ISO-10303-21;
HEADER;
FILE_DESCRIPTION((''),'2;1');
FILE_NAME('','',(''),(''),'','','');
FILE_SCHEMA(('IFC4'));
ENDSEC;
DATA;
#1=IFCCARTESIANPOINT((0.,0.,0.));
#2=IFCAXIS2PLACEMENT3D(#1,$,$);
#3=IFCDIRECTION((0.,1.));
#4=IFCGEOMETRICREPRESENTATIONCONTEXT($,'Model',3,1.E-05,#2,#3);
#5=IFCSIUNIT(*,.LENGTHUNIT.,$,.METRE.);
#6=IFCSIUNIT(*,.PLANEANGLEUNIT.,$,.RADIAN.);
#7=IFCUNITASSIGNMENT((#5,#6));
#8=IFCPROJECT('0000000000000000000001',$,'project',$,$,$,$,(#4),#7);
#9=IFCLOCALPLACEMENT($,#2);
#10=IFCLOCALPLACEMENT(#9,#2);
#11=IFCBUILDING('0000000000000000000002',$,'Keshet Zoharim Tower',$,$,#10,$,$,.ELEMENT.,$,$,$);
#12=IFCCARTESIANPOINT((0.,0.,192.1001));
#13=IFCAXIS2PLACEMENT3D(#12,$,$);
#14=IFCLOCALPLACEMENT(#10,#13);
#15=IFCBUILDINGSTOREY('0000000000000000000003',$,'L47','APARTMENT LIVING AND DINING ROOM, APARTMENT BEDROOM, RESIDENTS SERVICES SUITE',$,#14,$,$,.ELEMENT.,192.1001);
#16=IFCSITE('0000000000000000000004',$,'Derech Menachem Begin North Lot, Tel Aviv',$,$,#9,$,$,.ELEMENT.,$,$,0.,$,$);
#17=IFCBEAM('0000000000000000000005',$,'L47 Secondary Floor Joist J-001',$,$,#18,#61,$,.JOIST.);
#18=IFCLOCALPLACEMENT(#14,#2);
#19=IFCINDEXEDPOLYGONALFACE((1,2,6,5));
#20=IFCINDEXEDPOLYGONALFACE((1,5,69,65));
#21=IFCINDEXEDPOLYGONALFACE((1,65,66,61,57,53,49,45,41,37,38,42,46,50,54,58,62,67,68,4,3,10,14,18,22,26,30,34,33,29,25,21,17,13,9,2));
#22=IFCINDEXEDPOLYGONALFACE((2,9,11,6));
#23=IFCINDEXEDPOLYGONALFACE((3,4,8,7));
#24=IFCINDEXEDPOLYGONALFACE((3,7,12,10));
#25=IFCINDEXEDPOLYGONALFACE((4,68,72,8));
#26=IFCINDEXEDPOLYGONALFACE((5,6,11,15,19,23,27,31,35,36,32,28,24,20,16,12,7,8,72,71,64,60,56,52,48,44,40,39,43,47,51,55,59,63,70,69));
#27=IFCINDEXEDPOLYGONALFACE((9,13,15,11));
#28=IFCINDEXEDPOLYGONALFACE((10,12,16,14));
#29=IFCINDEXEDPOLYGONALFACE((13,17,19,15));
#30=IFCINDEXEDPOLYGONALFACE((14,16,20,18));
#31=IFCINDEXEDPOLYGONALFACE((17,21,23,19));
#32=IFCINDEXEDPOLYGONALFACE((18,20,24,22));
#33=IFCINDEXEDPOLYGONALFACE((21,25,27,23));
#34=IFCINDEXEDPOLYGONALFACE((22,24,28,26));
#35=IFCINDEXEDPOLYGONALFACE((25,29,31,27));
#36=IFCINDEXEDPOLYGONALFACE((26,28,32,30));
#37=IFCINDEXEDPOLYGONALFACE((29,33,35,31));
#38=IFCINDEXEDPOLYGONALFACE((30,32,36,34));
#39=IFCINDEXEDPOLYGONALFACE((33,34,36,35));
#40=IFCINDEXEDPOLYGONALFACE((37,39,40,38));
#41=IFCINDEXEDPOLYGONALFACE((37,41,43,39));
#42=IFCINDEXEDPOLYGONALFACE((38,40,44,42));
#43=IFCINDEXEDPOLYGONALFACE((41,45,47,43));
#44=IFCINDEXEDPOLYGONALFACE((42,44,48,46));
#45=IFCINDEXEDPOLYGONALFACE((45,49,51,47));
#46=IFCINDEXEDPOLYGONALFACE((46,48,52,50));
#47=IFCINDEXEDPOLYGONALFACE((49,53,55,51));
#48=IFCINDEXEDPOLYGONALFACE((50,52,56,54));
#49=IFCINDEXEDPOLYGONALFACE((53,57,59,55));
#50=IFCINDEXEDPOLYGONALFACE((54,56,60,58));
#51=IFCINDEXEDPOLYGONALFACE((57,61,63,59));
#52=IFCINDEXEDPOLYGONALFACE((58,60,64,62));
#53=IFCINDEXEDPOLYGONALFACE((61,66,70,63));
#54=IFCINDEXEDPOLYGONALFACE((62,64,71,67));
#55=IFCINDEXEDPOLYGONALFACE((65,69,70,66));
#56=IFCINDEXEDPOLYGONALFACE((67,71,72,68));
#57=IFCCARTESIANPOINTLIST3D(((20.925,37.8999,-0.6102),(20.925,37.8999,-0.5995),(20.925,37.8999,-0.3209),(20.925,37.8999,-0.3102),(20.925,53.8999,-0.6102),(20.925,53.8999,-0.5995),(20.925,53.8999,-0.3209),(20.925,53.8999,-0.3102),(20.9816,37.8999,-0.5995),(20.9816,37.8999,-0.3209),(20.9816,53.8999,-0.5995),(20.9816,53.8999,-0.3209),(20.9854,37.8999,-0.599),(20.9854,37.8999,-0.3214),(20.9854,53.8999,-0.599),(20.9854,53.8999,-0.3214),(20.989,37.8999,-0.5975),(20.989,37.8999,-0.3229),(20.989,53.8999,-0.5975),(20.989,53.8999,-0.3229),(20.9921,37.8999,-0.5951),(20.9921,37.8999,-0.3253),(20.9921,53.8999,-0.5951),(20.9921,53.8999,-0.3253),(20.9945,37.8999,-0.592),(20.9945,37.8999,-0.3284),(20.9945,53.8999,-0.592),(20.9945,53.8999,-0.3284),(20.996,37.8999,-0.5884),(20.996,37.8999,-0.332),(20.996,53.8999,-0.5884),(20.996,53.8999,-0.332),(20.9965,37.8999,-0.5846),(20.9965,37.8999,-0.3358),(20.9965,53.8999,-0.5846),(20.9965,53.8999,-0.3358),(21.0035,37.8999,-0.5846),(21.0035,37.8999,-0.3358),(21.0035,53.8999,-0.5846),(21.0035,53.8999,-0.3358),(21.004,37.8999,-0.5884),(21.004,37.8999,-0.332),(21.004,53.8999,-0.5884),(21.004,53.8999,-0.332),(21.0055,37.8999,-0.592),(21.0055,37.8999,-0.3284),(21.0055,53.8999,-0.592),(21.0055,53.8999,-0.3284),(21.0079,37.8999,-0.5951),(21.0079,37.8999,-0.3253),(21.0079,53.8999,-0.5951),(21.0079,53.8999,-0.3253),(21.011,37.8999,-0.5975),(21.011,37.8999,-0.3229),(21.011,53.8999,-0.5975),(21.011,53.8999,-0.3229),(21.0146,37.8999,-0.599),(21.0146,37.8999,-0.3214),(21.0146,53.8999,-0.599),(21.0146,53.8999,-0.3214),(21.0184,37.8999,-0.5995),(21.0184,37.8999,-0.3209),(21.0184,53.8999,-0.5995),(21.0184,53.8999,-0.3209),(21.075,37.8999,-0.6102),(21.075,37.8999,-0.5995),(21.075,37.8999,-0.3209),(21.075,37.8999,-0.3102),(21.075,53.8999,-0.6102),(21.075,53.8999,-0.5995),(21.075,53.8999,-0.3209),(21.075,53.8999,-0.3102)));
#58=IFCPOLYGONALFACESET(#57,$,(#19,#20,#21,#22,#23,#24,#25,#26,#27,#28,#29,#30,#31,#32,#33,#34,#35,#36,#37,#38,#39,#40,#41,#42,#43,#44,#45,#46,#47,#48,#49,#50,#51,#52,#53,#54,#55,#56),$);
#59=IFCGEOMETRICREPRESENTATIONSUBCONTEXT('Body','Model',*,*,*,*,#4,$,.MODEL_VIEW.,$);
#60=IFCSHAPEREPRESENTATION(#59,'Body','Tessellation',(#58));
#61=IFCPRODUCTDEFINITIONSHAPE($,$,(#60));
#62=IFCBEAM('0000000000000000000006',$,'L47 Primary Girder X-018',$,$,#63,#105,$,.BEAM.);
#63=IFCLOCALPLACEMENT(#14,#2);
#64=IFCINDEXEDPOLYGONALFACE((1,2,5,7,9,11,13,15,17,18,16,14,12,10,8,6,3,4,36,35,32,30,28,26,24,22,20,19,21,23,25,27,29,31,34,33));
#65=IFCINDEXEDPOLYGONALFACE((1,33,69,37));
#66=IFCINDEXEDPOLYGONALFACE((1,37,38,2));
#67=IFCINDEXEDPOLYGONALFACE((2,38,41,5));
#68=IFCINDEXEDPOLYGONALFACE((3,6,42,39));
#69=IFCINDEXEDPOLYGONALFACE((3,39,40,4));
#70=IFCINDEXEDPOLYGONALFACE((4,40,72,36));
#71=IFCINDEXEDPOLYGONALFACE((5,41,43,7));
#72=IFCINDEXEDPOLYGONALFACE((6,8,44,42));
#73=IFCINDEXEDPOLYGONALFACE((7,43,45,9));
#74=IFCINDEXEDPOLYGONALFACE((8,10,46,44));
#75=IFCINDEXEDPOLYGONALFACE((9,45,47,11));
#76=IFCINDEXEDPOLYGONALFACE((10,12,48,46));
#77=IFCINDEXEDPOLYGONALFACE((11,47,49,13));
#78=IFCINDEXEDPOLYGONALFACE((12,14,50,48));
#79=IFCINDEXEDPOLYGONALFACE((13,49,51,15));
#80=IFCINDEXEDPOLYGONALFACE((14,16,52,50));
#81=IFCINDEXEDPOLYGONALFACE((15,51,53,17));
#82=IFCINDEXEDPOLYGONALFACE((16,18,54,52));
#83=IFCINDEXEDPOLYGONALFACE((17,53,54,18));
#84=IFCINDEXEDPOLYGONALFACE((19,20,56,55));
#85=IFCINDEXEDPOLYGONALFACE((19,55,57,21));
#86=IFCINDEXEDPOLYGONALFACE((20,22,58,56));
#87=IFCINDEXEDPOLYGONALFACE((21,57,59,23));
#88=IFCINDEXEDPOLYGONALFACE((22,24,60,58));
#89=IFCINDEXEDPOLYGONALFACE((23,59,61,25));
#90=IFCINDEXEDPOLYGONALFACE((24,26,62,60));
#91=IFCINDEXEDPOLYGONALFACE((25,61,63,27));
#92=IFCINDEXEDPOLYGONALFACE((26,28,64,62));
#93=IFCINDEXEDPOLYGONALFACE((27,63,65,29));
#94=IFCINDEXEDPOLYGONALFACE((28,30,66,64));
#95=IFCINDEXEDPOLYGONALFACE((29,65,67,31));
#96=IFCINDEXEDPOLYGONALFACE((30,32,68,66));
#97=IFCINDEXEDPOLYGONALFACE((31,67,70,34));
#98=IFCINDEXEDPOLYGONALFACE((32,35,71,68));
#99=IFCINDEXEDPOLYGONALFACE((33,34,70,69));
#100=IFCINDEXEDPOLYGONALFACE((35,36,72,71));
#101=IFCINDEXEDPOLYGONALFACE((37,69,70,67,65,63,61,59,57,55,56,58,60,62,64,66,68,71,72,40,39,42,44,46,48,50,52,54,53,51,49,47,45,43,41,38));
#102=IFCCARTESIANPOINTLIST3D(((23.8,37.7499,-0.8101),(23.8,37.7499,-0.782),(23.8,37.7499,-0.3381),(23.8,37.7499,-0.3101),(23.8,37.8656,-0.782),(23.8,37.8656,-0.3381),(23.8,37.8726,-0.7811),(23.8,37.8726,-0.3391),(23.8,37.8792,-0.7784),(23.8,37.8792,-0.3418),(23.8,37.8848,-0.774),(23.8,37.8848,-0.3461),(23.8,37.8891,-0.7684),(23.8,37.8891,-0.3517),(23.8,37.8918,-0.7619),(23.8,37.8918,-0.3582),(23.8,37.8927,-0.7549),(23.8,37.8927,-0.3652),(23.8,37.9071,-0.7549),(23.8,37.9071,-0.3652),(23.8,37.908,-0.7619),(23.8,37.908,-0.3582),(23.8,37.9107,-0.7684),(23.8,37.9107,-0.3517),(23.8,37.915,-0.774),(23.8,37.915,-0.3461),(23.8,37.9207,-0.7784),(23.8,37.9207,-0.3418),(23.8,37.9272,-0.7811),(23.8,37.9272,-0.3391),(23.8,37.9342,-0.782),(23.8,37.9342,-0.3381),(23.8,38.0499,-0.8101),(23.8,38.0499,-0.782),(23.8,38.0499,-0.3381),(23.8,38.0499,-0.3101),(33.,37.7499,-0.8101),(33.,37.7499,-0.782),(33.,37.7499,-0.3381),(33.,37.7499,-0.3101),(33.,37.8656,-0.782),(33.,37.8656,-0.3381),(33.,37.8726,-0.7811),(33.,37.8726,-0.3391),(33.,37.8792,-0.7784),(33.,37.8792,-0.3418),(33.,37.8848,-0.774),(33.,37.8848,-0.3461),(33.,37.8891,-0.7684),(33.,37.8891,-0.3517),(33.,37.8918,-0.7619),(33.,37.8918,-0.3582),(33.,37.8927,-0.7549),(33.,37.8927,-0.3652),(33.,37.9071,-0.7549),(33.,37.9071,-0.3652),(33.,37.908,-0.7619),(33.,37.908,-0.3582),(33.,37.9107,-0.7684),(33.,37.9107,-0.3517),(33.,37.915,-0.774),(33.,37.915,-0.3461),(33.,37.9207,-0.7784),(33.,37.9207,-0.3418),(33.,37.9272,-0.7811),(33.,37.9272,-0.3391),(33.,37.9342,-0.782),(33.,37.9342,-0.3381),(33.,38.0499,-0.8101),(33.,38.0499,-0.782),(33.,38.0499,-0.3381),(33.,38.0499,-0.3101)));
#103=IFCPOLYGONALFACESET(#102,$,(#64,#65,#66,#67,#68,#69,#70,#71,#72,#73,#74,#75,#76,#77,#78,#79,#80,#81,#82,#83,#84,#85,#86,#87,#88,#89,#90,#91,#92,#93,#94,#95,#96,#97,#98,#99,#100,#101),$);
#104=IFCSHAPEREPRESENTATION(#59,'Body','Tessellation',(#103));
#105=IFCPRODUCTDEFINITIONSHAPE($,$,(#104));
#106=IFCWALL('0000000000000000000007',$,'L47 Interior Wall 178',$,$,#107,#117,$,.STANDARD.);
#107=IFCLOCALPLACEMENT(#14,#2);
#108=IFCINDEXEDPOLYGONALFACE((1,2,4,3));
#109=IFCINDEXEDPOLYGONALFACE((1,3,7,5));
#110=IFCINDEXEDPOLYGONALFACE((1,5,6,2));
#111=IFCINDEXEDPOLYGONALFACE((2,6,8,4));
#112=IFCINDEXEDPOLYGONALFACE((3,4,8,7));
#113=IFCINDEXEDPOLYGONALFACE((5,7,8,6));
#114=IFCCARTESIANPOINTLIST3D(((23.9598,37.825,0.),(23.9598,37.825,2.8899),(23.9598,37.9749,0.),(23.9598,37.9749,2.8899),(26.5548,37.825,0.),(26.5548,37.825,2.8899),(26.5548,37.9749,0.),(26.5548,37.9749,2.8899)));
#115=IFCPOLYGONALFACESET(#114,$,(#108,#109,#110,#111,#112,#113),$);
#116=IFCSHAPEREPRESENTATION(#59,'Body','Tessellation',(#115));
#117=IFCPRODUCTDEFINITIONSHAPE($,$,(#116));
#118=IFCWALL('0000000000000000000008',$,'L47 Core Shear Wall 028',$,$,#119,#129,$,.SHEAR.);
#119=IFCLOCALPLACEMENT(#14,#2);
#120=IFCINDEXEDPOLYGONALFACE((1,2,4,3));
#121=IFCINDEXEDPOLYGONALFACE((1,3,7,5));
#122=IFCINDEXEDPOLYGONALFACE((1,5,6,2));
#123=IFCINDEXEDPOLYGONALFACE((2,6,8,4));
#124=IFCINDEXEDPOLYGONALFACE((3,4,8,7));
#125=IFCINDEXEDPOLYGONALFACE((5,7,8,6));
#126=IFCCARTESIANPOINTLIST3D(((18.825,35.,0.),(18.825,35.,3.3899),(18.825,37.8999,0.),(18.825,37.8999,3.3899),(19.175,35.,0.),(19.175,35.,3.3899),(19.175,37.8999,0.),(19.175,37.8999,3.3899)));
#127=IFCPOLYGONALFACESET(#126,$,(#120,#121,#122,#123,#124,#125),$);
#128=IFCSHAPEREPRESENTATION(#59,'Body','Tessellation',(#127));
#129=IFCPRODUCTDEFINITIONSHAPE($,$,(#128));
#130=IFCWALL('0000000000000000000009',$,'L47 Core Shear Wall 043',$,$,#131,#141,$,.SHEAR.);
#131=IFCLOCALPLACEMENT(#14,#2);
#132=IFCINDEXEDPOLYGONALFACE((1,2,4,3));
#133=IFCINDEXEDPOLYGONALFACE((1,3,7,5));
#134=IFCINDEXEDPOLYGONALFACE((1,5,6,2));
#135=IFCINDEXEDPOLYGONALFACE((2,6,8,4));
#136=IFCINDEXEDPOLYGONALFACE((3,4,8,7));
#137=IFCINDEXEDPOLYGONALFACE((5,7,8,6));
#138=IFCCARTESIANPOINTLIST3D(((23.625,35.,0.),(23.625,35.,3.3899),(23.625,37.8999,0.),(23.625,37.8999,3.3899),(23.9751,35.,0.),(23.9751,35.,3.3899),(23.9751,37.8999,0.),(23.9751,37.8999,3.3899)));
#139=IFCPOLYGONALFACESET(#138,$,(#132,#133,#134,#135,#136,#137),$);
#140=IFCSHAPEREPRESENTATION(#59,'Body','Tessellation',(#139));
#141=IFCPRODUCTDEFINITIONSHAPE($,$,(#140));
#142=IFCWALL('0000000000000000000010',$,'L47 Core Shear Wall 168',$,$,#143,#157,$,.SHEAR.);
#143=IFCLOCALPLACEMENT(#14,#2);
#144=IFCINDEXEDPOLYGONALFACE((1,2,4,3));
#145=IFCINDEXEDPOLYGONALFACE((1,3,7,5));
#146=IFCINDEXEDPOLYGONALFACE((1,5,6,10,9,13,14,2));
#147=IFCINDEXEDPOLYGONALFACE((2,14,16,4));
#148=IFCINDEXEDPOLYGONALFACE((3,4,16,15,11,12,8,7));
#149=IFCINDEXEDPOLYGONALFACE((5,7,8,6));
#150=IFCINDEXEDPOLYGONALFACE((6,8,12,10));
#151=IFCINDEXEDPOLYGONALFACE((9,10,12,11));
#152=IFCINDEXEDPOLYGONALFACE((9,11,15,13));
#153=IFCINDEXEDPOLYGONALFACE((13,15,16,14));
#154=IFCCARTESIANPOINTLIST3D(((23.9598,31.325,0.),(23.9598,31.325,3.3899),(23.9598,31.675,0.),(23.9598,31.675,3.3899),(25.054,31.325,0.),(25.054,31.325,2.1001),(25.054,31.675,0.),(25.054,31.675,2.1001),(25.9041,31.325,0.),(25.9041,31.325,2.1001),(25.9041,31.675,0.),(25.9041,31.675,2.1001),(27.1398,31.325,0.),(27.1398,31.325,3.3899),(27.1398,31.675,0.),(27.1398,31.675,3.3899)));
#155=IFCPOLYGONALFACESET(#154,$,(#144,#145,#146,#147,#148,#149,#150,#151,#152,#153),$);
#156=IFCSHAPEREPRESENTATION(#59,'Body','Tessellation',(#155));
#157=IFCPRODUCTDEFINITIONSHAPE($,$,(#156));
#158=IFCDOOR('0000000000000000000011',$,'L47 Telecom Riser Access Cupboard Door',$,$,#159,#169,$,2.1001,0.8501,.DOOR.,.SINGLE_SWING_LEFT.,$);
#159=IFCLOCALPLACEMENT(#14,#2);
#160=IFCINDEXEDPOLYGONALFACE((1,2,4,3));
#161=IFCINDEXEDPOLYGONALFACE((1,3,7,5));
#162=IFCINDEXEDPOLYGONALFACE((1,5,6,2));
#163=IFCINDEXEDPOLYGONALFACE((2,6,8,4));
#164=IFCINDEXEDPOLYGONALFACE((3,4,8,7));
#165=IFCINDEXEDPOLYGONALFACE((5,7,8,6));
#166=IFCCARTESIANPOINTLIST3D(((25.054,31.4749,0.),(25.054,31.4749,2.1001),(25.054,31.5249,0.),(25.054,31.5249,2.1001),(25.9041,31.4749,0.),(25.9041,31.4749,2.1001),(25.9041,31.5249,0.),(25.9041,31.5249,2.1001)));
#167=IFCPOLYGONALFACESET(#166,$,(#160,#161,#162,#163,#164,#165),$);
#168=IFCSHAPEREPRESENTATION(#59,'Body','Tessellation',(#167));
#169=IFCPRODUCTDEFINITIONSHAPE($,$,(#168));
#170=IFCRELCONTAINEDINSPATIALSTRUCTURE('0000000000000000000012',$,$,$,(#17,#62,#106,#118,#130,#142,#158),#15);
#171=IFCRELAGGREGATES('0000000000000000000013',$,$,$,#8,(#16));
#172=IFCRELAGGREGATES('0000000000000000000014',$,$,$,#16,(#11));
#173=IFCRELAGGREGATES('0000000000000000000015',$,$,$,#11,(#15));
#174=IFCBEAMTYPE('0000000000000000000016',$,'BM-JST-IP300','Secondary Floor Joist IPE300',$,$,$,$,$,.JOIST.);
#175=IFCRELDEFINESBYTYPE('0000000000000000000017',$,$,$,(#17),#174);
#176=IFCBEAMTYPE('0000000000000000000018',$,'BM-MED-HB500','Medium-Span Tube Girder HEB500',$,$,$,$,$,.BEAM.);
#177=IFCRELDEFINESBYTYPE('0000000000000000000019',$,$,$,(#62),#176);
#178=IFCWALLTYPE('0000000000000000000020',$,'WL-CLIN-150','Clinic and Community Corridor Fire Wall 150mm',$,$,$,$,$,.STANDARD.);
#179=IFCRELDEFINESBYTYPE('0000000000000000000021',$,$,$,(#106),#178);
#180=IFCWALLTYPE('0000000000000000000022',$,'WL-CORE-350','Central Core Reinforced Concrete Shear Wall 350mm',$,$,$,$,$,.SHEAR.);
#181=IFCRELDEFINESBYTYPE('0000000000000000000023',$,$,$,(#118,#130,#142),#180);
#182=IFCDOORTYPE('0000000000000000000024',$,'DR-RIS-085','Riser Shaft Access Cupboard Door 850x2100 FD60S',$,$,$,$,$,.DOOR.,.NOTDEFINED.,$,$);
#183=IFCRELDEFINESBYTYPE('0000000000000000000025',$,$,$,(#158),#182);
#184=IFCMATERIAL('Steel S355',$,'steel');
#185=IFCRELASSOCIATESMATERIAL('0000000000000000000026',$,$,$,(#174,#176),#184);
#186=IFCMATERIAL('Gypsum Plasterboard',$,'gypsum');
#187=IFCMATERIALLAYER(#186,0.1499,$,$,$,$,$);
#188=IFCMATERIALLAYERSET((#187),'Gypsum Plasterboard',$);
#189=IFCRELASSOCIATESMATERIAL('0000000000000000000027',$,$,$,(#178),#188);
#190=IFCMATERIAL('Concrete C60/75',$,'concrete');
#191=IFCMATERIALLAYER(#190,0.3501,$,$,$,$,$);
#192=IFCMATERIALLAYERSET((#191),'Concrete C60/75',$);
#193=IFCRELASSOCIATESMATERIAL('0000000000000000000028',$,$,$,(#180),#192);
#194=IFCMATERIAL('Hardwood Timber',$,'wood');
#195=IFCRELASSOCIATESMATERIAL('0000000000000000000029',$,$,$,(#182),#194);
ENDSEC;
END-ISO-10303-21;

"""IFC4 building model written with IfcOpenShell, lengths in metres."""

from ifc_helpers import new_model, si_unit, direction, frame, frame_2d, origin, origin_2d, place, context, subcontext, project, spatial, rectangle, i_section, extrude, material, layer, layer_set, material_profile, profile_set, type_object, element, fill, save


model = new_model("IFC4")

# Units and contexts
model_context = context("Model", 3, precision=1e-05, world=origin(), true_north=direction((0.0, 1.0)))
body_context = subcontext(model_context, "Body", "Model", "MODEL_VIEW")
ifc_project = project(units=[si_unit("LENGTHUNIT", "METRE"), si_unit("PLANEANGLEUNIT", "RADIAN")], contexts=[model_context])

# Site, building, storey
site_placement = place(None, origin())
site = spatial("IfcSite", under=ifc_project, at=site_placement, Name="Derech Menachem Begin North Lot, Tel Aviv", CompositionType="ELEMENT", RefElevation=0.0)
building_placement = place(site_placement, origin())
building = spatial("IfcBuilding", under=site, at=building_placement, Name="Keshet Zoharim Tower", CompositionType="ELEMENT")
storey_placement = place(building_placement, frame((0.0, 0.0, 192.1001)))
storey = spatial("IfcBuildingStorey", under=building, at=storey_placement, Name="L47", Description="APARTMENT LIVING AND DINING ROOM, APARTMENT BEDROOM, RESIDENTS SERVICES SUITE", CompositionType="ELEMENT", Elevation=192.1001)

# Beams
ifc_material_1 = material(Name="Steel S355", Category="steel")
ifc_material_profile_1 = material_profile(ifc_material_1, i_section(OverallWidth=0.1499, OverallDepth=0.3, WebThickness=0.0071, FlangeThickness=0.0107, FilletRadius=0.0149, at=origin_2d()), Name="IPE300")
ifc_profile_set_1 = profile_set([ifc_material_profile_1], Name="Steel S355")
beam_type_1 = type_object("IfcBeamType", Name="BM-JST-IP300", Description="Secondary Floor Joist IPE300", PredefinedType="JOIST", material=ifc_profile_set_1)
beam_1_placement = place(storey_placement, frame((21.0, 37.8999, -0.4602), z_axis=(0.0, 1.0, 0.0), x_axis=(-1.0, 0.0, 0.0)))
element("IfcBeam", 1, at=beam_1_placement, inside=storey, type_object=beam_type_1, Name="L47 Secondary Floor Joist J-001", PredefinedType="JOIST", context=body_context, shape_type="SweptSolid", body=[
    extrude(i_section(OverallWidth=0.1499, OverallDepth=0.3, WebThickness=0.0071, FlangeThickness=0.0107, FilletRadius=0.0149, at=origin_2d()), origin(), (0.0, 0.0, 1.0), 16.0),
])
ifc_material_profile_2 = material_profile(ifc_material_1, i_section(OverallWidth=0.3, OverallDepth=0.5, WebThickness=0.0144, FlangeThickness=0.0281, FilletRadius=0.0271, at=origin_2d()), Name="HEB500")
ifc_profile_set_2 = profile_set([ifc_material_profile_2], Name="Steel S355")
beam_type_2 = type_object("IfcBeamType", Name="BM-MED-HB500", Description="Medium-Span Tube Girder HEB500", PredefinedType="BEAM", material=ifc_profile_set_2)
beam_2_placement = place(storey_placement, frame((23.8, 37.8999, -0.5601), z_axis=(1.0, 0.0, 0.0), x_axis=(0.0, 1.0, 0.0)))
element("IfcBeam", 2, at=beam_2_placement, inside=storey, type_object=beam_type_2, Name="L47 Primary Girder X-018", PredefinedType="BEAM", context=body_context, shape_type="SweptSolid", body=[
    extrude(i_section(OverallWidth=0.3, OverallDepth=0.5, WebThickness=0.0144, FlangeThickness=0.0281, FilletRadius=0.0271, at=origin_2d()), origin(), (0.0, 0.0, 1.0), 9.2),
])

# Walls
ifc_material_2 = material(Name="Gypsum Plasterboard", Category="gypsum")
ifc_layer_1 = layer(ifc_material_2, 0.1499)
ifc_layer_set_1 = layer_set([ifc_layer_1], Name="Gypsum Plasterboard")
wall_type_1 = type_object("IfcWallType", Name="WL-CLIN-150", Description="Clinic and Community Corridor Fire Wall 150mm", PredefinedType="STANDARD", material=ifc_layer_set_1)
wall_1_placement = place(storey_placement, frame((23.96, 37.8999, 0.0), z_axis=(0.0, 0.0, 1.0), x_axis=(1.0, 0.0, 0.0)))
element("IfcWall", 3, at=wall_1_placement, inside=storey, type_object=wall_type_1, Name="L47 Interior Wall 178", PredefinedType="STANDARD", context=body_context, shape_type="SweptSolid", body=[
    extrude(rectangle(XDim=2.595, YDim=0.1499, at=frame_2d((1.2974, 0.0))), origin(), (0.0, 0.0, 1.0), 2.8899),
])
ifc_material_3 = material(Name="Concrete C60/75", Category="concrete")
ifc_layer_2 = layer(ifc_material_3, 0.3501)
ifc_layer_set_2 = layer_set([ifc_layer_2], Name="Concrete C60/75")
wall_type_2 = type_object("IfcWallType", Name="WL-CORE-350", Description="Central Core Reinforced Concrete Shear Wall 350mm", PredefinedType="SHEAR", material=ifc_layer_set_2)
for number, where, z_axis, x_axis, name in (
    (4, (19.0, 35.0, 0.0), (0.0, 0.0, 1.0), (0.0, 1.0, 0.0), "L47 Core Shear Wall 028"),
    (5, (23.8, 35.0, 0.0), (0.0, 0.0, 1.0), (0.0, 1.0, 0.0), "L47 Core Shear Wall 043"),
):
    element("IfcWall", number, at=place(storey_placement, frame(where, z_axis=z_axis, x_axis=x_axis)), inside=storey, type_object=wall_type_2, Name=name, PredefinedType="SHEAR", context=body_context, shape_type="SweptSolid", body=[
        extrude(rectangle(XDim=2.8999, YDim=0.3501, at=frame_2d((1.45, 0.0))), origin(), (0.0, 0.0, 1.0), 3.3899),
    ])

# Wall, opening, door
wall_2_placement = place(storey_placement, frame((23.96, 31.5, 0.0), z_axis=(0.0, 0.0, 1.0), x_axis=(1.0, 0.0, 0.0)))
wall_2 = element("IfcWall", 6, at=wall_2_placement, inside=storey, type_object=wall_type_2, Name="L47 Core Shear Wall 168", PredefinedType="SHEAR", context=body_context, shape_type="SweptSolid", body=[
    extrude(rectangle(XDim=3.1799, YDim=0.3501, at=frame_2d((1.5898, 0.0))), origin(), (0.0, 0.0, 1.0), 3.3899),
])
opening_1_placement = place(wall_2_placement, frame((1.094, 0.0, 0.0)))
opening_1 = element("IfcOpeningElement", 7, at=opening_1_placement, cuts=wall_2, PredefinedType="OPENING", context=body_context, shape_type="SweptSolid", body=[
    extrude(rectangle(XDim=0.8501, YDim=2.1001, at=frame_2d((0.425, 1.05))), frame((0.0, 0.1851, 0.0), z_axis=(0.0, -1.0, 0.0), x_axis=(1.0, 0.0, 0.0)), (0.0, 0.0, 1.0), 0.3701),
])
ifc_material_4 = material(Name="Hardwood Timber", Category="wood")
door_type_1 = type_object("IfcDoorType", Name="DR-RIS-085", Description="Riser Shaft Access Cupboard Door 850x2100 FD60S", OperationType="NOTDEFINED", PredefinedType="DOOR", material=ifc_material_4)
door_1_placement = place(opening_1_placement, origin())
door_1 = element("IfcDoor", 8, at=door_1_placement, inside=storey, type_object=door_type_1, Name="L47 Telecom Riser Access Cupboard Door", OperationType="SINGLE_SWING_LEFT", OverallHeight=2.1001, OverallWidth=0.8501, PredefinedType="DOOR", context=body_context, shape_type="SweptSolid", body=[
    extrude(rectangle(XDim=0.8501, YDim=2.1001, at=frame_2d((0.425, 1.05))), frame((0.0, 0.0249, 0.0), z_axis=(0.0, -1.0, 0.0), x_axis=(1.0, 0.0, 0.0)), (0.0, 0.0, 1.0), 0.05),
])
fill(opening_1, door_1)

save(model, "model.ifc")
